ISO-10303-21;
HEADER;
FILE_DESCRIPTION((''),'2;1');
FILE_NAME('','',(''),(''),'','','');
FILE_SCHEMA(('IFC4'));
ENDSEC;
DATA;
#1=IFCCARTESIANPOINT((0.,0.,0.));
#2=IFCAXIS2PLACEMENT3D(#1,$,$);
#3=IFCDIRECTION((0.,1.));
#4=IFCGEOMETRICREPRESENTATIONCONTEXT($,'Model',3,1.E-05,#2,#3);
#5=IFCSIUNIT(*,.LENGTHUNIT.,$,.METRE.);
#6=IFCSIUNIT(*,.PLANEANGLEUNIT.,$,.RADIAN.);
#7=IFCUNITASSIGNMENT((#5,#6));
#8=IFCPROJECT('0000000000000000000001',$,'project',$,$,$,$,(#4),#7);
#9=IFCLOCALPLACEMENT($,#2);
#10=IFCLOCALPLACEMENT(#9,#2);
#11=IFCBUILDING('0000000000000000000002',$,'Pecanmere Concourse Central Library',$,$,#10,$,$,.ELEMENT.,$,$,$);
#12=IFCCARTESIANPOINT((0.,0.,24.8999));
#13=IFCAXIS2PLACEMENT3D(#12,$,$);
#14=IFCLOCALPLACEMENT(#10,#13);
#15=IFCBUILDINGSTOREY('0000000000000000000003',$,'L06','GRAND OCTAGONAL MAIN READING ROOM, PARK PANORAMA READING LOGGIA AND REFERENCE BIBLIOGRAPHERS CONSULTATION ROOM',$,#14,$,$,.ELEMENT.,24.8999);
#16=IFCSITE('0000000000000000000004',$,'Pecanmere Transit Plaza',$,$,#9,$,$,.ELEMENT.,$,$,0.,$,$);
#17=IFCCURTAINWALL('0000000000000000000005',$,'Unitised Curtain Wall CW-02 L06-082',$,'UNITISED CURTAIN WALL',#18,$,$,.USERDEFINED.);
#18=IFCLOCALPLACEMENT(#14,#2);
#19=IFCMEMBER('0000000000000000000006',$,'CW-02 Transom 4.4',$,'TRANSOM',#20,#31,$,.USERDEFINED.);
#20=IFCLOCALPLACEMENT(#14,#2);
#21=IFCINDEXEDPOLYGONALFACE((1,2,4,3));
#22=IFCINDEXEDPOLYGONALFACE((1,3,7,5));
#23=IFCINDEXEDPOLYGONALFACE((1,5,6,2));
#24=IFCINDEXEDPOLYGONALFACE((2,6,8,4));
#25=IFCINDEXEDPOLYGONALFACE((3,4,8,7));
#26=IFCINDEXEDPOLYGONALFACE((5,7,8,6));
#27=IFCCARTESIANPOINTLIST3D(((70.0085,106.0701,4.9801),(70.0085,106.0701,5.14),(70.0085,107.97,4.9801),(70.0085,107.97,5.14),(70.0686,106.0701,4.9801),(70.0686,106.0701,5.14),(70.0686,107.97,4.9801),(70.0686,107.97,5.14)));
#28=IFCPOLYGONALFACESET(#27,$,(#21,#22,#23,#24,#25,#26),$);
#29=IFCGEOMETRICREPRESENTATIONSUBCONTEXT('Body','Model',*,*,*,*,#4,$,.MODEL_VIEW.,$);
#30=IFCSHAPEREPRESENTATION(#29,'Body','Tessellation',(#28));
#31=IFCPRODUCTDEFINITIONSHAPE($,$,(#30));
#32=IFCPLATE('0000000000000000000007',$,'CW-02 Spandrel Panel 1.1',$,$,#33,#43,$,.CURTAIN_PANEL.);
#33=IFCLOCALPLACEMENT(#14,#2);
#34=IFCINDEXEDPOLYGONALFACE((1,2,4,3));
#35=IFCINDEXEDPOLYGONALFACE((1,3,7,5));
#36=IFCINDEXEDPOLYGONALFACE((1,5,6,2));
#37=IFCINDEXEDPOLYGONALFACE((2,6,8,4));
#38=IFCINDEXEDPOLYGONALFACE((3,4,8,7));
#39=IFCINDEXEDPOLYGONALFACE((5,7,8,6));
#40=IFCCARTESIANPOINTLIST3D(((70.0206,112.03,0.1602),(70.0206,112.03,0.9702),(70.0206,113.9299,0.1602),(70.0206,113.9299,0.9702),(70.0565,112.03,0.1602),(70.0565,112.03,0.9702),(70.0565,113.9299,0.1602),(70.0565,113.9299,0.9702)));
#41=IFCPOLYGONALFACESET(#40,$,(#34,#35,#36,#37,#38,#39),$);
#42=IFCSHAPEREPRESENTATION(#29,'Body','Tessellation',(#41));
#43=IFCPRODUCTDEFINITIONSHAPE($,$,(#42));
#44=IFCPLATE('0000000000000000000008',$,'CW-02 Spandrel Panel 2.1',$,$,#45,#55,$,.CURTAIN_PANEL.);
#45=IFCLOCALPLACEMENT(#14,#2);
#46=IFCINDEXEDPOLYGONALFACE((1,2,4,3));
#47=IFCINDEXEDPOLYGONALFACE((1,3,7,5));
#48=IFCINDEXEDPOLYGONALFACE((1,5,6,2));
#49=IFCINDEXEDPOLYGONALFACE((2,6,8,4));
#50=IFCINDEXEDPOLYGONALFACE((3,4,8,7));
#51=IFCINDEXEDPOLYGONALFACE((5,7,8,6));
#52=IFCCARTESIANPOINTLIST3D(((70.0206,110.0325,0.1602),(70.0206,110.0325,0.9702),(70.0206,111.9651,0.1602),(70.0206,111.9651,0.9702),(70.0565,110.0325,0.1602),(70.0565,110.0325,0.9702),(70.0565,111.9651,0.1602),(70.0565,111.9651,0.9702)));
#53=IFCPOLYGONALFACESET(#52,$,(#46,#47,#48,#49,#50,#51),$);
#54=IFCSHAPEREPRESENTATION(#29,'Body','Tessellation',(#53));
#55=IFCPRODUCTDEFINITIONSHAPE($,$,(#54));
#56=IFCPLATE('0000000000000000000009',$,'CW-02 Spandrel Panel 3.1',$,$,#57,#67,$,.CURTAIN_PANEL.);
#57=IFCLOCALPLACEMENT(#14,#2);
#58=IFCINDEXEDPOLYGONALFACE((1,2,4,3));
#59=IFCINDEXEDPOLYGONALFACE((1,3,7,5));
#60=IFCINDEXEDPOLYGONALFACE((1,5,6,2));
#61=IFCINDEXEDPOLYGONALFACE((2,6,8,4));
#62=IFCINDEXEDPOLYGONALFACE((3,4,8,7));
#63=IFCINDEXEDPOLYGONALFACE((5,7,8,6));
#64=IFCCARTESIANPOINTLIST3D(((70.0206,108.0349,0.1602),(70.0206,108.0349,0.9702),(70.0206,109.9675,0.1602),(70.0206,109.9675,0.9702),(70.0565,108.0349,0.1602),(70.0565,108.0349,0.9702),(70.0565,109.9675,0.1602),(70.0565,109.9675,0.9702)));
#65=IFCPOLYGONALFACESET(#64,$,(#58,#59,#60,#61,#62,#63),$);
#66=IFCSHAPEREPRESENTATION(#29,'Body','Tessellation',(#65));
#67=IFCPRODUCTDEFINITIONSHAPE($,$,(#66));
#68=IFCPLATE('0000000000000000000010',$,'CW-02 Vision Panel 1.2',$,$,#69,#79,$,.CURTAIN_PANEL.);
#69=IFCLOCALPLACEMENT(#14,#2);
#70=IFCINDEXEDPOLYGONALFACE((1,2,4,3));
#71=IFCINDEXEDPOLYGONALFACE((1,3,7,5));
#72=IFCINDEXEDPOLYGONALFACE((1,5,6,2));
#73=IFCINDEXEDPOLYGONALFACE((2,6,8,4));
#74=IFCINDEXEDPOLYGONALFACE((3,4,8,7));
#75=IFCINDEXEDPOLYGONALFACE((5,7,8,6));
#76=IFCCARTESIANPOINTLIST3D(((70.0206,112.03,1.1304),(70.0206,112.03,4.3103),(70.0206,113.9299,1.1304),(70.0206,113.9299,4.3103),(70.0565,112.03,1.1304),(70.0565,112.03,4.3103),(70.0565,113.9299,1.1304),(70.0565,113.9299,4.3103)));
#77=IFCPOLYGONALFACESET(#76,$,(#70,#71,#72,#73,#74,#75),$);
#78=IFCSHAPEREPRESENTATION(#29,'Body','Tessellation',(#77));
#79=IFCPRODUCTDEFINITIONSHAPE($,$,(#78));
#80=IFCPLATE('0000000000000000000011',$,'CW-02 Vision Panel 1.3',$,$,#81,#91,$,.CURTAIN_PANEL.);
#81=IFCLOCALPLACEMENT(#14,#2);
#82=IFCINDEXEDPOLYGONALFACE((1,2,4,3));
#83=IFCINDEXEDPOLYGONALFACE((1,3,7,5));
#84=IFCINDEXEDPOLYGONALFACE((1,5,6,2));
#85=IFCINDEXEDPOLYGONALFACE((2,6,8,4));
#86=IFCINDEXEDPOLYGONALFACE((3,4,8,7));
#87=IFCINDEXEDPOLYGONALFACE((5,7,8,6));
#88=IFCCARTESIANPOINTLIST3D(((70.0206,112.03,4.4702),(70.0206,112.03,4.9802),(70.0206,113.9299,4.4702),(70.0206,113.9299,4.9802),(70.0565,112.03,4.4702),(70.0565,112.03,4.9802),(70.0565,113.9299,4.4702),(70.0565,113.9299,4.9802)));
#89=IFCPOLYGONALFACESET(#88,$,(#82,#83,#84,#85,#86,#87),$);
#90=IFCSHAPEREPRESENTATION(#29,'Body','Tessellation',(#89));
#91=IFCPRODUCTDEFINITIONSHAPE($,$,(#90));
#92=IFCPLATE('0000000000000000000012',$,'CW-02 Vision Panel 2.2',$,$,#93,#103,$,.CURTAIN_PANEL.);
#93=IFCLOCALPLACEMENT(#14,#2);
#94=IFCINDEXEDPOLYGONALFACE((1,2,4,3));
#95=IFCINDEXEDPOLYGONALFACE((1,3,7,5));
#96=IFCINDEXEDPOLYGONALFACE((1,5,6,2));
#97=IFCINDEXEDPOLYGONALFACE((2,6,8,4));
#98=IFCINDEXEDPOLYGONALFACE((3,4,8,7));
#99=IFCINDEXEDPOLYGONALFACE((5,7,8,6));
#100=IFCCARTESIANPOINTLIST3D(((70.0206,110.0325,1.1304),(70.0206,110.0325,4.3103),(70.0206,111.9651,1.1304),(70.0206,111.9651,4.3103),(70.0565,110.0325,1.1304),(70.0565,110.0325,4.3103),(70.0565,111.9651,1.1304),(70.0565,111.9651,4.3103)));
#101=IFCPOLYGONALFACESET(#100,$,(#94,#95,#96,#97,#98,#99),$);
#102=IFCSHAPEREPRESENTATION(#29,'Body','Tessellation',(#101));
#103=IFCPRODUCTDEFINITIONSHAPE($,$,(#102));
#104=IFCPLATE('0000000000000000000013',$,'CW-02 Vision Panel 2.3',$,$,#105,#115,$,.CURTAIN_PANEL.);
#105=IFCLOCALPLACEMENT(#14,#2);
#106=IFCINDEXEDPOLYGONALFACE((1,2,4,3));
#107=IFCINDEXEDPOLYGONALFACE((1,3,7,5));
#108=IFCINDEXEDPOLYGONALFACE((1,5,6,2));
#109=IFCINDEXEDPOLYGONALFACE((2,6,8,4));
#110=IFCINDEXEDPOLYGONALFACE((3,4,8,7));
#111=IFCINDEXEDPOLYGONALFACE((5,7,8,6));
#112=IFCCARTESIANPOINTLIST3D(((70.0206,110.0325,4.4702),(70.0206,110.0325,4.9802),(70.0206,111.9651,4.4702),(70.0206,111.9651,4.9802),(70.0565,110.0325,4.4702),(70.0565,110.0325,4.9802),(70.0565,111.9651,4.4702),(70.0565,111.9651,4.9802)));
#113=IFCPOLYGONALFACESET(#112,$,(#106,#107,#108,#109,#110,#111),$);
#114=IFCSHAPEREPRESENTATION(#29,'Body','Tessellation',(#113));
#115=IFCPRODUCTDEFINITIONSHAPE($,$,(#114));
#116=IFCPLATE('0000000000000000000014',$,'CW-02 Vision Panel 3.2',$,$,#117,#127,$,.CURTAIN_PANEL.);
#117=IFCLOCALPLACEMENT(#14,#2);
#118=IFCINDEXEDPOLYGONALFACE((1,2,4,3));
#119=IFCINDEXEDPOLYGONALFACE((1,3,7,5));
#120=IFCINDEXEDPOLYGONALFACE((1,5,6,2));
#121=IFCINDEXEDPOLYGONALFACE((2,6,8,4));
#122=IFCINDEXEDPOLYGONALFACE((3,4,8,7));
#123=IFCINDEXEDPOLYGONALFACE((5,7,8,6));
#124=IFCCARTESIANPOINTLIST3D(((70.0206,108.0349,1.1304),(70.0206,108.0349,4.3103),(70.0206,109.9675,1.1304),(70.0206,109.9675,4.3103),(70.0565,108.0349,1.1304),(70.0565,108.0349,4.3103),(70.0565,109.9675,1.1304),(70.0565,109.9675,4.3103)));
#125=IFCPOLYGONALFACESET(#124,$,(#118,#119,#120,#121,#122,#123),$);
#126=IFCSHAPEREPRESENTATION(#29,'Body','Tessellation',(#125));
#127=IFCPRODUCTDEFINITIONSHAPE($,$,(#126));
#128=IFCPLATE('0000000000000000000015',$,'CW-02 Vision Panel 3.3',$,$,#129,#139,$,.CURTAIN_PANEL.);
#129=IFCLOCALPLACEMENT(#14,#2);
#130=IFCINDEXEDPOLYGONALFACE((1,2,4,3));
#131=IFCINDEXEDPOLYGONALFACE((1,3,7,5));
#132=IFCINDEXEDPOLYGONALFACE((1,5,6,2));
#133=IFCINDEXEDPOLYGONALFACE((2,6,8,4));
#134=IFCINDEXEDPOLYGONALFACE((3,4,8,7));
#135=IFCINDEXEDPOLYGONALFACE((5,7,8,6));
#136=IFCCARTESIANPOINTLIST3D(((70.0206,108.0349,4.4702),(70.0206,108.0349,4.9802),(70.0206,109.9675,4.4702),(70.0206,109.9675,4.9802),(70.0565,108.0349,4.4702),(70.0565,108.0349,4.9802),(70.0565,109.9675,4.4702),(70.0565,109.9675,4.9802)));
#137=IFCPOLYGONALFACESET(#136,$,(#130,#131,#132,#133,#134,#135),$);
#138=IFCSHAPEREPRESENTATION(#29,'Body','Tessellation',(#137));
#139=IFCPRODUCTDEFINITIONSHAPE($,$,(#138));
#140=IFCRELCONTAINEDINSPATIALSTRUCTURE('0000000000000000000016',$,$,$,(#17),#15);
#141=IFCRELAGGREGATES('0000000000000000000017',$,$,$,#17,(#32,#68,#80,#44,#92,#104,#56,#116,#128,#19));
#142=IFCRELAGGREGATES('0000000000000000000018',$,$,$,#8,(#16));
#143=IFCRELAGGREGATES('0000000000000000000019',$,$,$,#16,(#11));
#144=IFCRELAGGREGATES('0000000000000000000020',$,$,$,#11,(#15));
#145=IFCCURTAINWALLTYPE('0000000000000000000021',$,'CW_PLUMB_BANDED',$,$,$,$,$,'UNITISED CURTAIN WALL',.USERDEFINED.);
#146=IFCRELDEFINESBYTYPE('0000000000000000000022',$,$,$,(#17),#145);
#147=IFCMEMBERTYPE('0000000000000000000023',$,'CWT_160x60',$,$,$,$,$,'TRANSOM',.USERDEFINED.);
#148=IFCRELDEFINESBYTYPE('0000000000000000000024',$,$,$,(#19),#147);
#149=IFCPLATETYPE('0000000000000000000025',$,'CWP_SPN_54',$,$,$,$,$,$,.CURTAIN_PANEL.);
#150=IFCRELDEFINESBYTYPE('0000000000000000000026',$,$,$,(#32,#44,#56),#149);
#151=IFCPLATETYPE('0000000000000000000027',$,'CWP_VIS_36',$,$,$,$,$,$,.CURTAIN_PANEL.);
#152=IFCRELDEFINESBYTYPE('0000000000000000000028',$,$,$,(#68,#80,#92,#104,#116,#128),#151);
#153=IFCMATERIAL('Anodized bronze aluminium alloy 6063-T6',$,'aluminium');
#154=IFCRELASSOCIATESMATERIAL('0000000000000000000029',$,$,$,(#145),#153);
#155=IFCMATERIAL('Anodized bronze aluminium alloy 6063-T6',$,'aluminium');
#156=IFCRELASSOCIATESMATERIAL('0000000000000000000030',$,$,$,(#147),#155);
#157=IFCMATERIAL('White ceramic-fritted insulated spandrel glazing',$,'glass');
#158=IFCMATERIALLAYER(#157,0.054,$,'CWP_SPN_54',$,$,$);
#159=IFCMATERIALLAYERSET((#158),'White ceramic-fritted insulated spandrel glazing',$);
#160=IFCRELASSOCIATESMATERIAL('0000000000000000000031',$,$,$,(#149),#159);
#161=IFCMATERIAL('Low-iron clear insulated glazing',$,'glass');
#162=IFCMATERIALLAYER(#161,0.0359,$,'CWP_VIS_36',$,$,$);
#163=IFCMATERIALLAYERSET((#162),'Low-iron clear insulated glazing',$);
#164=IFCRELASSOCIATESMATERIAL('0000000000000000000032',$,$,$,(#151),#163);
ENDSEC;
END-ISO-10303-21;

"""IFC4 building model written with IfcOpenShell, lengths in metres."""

from ifc_helpers import new_model, si_unit, direction, frame, origin, origin_2d, place, context, subcontext, project, spatial, rectangle, extrude, material, layer, layer_set, material_profile, profile_set, type_object, element, aggregate, save


model = new_model("IFC4")

# Units and contexts
model_context = context("Model", 3, precision=1e-05, world=origin(), true_north=direction((0.0, 1.0)))
body_context = subcontext(model_context, "Body", "Model", "MODEL_VIEW")
ifc_project = project(units=[si_unit("LENGTHUNIT", "METRE"), si_unit("PLANEANGLEUNIT", "RADIAN")], contexts=[model_context])

# Site, building, storey
site_placement = place(None, origin())
site = spatial("IfcSite", under=ifc_project, at=site_placement, Name="Pecanmere Transit Plaza", CompositionType="ELEMENT", RefElevation=0.0)
building_placement = place(site_placement, origin())
building = spatial("IfcBuilding", under=site, at=building_placement, Name="Pecanmere Concourse Central Library", CompositionType="ELEMENT")
storey_placement = place(building_placement, frame((0.0, 0.0, 24.8999)))
storey = spatial("IfcBuildingStorey", under=building, at=storey_placement, Name="L06", Description="GRAND OCTAGONAL MAIN READING ROOM, PARK PANORAMA READING LOGGIA AND REFERENCE BIBLIOGRAPHERS CONSULTATION ROOM", CompositionType="ELEMENT", Elevation=24.8999)

# Curtain wall, member, plates
ifc_material_1 = material(Name="Anodized bronze aluminium alloy 6063-T6", Category="aluminium")
curtain_wall_type = type_object("IfcCurtainWallType", Name="CW_PLUMB_BANDED", ElementType="UNITISED CURTAIN WALL", PredefinedType="USERDEFINED", material=ifc_material_1)
curtain_wall_placement = place(storey_placement, origin())
curtain_wall = element("IfcCurtainWall", 1, at=curtain_wall_placement, inside=storey, type_object=curtain_wall_type, Name="Unitised Curtain Wall CW-02 L06-082", ObjectType="UNITISED CURTAIN WALL", PredefinedType="USERDEFINED")
ifc_material_2 = material(Name="Anodized bronze aluminium alloy 6063-T6", Category="aluminium")
ifc_material_profile_1 = material_profile(ifc_material_2, rectangle(XDim=0.0601, YDim=0.1599, at=origin_2d()), Name="AL 60x160")
ifc_profile_set_1 = profile_set([ifc_material_profile_1], Name="Anodized bronze aluminium alloy 6063-T6")
member_type_1 = type_object("IfcMemberType", Name="CWT_160x60", ElementType="TRANSOM", PredefinedType="USERDEFINED", material=ifc_profile_set_1)
member_1_placement = place(storey_placement, frame((70.0386, 107.97, 5.0601), z_axis=(0.0, -1.0, 0.0), x_axis=(1.0, 0.0, 0.0)))
member_1 = element("IfcMember", 2, at=member_1_placement, type_object=member_type_1, Name="CW-02 Transom 4.4", ObjectType="TRANSOM", PredefinedType="USERDEFINED", context=body_context, shape_type="SweptSolid", body=[
    extrude(rectangle(XDim=0.0601, YDim=0.1599, at=origin_2d()), origin(), (0.0, 0.0, 1.0), 1.8999),
])
ifc_material_3 = material(Name="White ceramic-fritted insulated spandrel glazing", Category="glass")
ifc_layer_1 = layer(ifc_material_3, 0.054, Name="CWP_SPN_54")
ifc_layer_set_1 = layer_set([ifc_layer_1], Name="White ceramic-fritted insulated spandrel glazing")
plate_type_1 = type_object("IfcPlateType", Name="CWP_SPN_54", PredefinedType="CURTAIN_PANEL", material=ifc_layer_set_1)
plate_1_placement = place(storey_placement, frame((70.0386, 112.98, 0.1602), z_axis=(0.0, 0.0, 1.0), x_axis=(0.0, -1.0, 0.0)))
plate_1 = element("IfcPlate", 3, at=plate_1_placement, type_object=plate_type_1, Name="CW-02 Spandrel Panel 1.1", PredefinedType="CURTAIN_PANEL", context=body_context, shape_type="SweptSolid", body=[
    extrude(rectangle(XDim=1.8999, YDim=0.0359, at=origin_2d()), origin(), (0.0, 0.0, 1.0), 0.8101),
])
plate_2_placement = place(storey_placement, frame((70.0386, 110.9988, 0.1602), z_axis=(0.0, 0.0, 1.0), x_axis=(0.0, -1.0, 0.0)))
plate_2 = element("IfcPlate", 4, at=plate_2_placement, type_object=plate_type_1, Name="CW-02 Spandrel Panel 2.1", PredefinedType="CURTAIN_PANEL", context=body_context, shape_type="SweptSolid", body=[
    extrude(rectangle(XDim=1.9326, YDim=0.0359, at=origin_2d()), origin(), (0.0, 0.0, 1.0), 0.8101),
])
plate_3_placement = place(storey_placement, frame((70.0386, 109.0012, 0.1602), z_axis=(0.0, 0.0, 1.0), x_axis=(0.0, -1.0, 0.0)))
plate_3 = element("IfcPlate", 5, at=plate_3_placement, type_object=plate_type_1, Name="CW-02 Spandrel Panel 3.1", PredefinedType="CURTAIN_PANEL", context=body_context, shape_type="SweptSolid", body=[
    extrude(rectangle(XDim=1.9326, YDim=0.0359, at=origin_2d()), origin(), (0.0, 0.0, 1.0), 0.8101),
])
ifc_material_4 = material(Name="Low-iron clear insulated glazing", Category="glass")
ifc_layer_2 = layer(ifc_material_4, 0.0359, Name="CWP_VIS_36")
ifc_layer_set_2 = layer_set([ifc_layer_2], Name="Low-iron clear insulated glazing")
plate_type_2 = type_object("IfcPlateType", Name="CWP_VIS_36", PredefinedType="CURTAIN_PANEL", material=ifc_layer_set_2)
plate_4_placement = place(storey_placement, frame((70.0386, 112.98, 1.1304), z_axis=(0.0, 0.0, 1.0), x_axis=(0.0, -1.0, 0.0)))
plate_4 = element("IfcPlate", 6, at=plate_4_placement, type_object=plate_type_2, Name="CW-02 Vision Panel 1.2", PredefinedType="CURTAIN_PANEL", context=body_context, shape_type="SweptSolid", body=[
    extrude(rectangle(XDim=1.8999, YDim=0.0359, at=origin_2d()), origin(), (0.0, 0.0, 1.0), 3.1799),
])
plate_5_placement = place(storey_placement, frame((70.0386, 112.98, 4.4702), z_axis=(0.0, 0.0, 1.0), x_axis=(0.0, -1.0, 0.0)))
plate_5 = element("IfcPlate", 7, at=plate_5_placement, type_object=plate_type_2, Name="CW-02 Vision Panel 1.3", PredefinedType="CURTAIN_PANEL", context=body_context, shape_type="SweptSolid", body=[
    extrude(rectangle(XDim=1.8999, YDim=0.0359, at=origin_2d()), origin(), (0.0, 0.0, 1.0), 0.51),
])
plate_6_placement = place(storey_placement, frame((70.0386, 110.9988, 1.1304), z_axis=(0.0, 0.0, 1.0), x_axis=(0.0, -1.0, 0.0)))
plate_6 = element("IfcPlate", 8, at=plate_6_placement, type_object=plate_type_2, Name="CW-02 Vision Panel 2.2", PredefinedType="CURTAIN_PANEL", context=body_context, shape_type="SweptSolid", body=[
    extrude(rectangle(XDim=1.9326, YDim=0.0359, at=origin_2d()), origin(), (0.0, 0.0, 1.0), 3.1799),
])
plate_7_placement = place(storey_placement, frame((70.0386, 110.9988, 4.4702), z_axis=(0.0, 0.0, 1.0), x_axis=(0.0, -1.0, 0.0)))
plate_7 = element("IfcPlate", 9, at=plate_7_placement, type_object=plate_type_2, Name="CW-02 Vision Panel 2.3", PredefinedType="CURTAIN_PANEL", context=body_context, shape_type="SweptSolid", body=[
    extrude(rectangle(XDim=1.9326, YDim=0.0359, at=origin_2d()), origin(), (0.0, 0.0, 1.0), 0.51),
])
plate_8_placement = place(storey_placement, frame((70.0386, 109.0012, 1.1304), z_axis=(0.0, 0.0, 1.0), x_axis=(0.0, -1.0, 0.0)))
plate_8 = element("IfcPlate", 10, at=plate_8_placement, type_object=plate_type_2, Name="CW-02 Vision Panel 3.2", PredefinedType="CURTAIN_PANEL", context=body_context, shape_type="SweptSolid", body=[
    extrude(rectangle(XDim=1.9326, YDim=0.0359, at=origin_2d()), origin(), (0.0, 0.0, 1.0), 3.1799),
])
plate_9_placement = place(storey_placement, frame((70.0386, 109.0012, 4.4702), z_axis=(0.0, 0.0, 1.0), x_axis=(0.0, -1.0, 0.0)))
plate_9 = element("IfcPlate", 11, at=plate_9_placement, type_object=plate_type_2, Name="CW-02 Vision Panel 3.3", PredefinedType="CURTAIN_PANEL", context=body_context, shape_type="SweptSolid", body=[
    extrude(rectangle(XDim=1.9326, YDim=0.0359, at=origin_2d()), origin(), (0.0, 0.0, 1.0), 0.51),
])
aggregate(curtain_wall, [plate_1, plate_4, plate_5, plate_2, plate_6, plate_7, plate_3, plate_8, plate_9, member_1])

save(model, "model.ifc")
